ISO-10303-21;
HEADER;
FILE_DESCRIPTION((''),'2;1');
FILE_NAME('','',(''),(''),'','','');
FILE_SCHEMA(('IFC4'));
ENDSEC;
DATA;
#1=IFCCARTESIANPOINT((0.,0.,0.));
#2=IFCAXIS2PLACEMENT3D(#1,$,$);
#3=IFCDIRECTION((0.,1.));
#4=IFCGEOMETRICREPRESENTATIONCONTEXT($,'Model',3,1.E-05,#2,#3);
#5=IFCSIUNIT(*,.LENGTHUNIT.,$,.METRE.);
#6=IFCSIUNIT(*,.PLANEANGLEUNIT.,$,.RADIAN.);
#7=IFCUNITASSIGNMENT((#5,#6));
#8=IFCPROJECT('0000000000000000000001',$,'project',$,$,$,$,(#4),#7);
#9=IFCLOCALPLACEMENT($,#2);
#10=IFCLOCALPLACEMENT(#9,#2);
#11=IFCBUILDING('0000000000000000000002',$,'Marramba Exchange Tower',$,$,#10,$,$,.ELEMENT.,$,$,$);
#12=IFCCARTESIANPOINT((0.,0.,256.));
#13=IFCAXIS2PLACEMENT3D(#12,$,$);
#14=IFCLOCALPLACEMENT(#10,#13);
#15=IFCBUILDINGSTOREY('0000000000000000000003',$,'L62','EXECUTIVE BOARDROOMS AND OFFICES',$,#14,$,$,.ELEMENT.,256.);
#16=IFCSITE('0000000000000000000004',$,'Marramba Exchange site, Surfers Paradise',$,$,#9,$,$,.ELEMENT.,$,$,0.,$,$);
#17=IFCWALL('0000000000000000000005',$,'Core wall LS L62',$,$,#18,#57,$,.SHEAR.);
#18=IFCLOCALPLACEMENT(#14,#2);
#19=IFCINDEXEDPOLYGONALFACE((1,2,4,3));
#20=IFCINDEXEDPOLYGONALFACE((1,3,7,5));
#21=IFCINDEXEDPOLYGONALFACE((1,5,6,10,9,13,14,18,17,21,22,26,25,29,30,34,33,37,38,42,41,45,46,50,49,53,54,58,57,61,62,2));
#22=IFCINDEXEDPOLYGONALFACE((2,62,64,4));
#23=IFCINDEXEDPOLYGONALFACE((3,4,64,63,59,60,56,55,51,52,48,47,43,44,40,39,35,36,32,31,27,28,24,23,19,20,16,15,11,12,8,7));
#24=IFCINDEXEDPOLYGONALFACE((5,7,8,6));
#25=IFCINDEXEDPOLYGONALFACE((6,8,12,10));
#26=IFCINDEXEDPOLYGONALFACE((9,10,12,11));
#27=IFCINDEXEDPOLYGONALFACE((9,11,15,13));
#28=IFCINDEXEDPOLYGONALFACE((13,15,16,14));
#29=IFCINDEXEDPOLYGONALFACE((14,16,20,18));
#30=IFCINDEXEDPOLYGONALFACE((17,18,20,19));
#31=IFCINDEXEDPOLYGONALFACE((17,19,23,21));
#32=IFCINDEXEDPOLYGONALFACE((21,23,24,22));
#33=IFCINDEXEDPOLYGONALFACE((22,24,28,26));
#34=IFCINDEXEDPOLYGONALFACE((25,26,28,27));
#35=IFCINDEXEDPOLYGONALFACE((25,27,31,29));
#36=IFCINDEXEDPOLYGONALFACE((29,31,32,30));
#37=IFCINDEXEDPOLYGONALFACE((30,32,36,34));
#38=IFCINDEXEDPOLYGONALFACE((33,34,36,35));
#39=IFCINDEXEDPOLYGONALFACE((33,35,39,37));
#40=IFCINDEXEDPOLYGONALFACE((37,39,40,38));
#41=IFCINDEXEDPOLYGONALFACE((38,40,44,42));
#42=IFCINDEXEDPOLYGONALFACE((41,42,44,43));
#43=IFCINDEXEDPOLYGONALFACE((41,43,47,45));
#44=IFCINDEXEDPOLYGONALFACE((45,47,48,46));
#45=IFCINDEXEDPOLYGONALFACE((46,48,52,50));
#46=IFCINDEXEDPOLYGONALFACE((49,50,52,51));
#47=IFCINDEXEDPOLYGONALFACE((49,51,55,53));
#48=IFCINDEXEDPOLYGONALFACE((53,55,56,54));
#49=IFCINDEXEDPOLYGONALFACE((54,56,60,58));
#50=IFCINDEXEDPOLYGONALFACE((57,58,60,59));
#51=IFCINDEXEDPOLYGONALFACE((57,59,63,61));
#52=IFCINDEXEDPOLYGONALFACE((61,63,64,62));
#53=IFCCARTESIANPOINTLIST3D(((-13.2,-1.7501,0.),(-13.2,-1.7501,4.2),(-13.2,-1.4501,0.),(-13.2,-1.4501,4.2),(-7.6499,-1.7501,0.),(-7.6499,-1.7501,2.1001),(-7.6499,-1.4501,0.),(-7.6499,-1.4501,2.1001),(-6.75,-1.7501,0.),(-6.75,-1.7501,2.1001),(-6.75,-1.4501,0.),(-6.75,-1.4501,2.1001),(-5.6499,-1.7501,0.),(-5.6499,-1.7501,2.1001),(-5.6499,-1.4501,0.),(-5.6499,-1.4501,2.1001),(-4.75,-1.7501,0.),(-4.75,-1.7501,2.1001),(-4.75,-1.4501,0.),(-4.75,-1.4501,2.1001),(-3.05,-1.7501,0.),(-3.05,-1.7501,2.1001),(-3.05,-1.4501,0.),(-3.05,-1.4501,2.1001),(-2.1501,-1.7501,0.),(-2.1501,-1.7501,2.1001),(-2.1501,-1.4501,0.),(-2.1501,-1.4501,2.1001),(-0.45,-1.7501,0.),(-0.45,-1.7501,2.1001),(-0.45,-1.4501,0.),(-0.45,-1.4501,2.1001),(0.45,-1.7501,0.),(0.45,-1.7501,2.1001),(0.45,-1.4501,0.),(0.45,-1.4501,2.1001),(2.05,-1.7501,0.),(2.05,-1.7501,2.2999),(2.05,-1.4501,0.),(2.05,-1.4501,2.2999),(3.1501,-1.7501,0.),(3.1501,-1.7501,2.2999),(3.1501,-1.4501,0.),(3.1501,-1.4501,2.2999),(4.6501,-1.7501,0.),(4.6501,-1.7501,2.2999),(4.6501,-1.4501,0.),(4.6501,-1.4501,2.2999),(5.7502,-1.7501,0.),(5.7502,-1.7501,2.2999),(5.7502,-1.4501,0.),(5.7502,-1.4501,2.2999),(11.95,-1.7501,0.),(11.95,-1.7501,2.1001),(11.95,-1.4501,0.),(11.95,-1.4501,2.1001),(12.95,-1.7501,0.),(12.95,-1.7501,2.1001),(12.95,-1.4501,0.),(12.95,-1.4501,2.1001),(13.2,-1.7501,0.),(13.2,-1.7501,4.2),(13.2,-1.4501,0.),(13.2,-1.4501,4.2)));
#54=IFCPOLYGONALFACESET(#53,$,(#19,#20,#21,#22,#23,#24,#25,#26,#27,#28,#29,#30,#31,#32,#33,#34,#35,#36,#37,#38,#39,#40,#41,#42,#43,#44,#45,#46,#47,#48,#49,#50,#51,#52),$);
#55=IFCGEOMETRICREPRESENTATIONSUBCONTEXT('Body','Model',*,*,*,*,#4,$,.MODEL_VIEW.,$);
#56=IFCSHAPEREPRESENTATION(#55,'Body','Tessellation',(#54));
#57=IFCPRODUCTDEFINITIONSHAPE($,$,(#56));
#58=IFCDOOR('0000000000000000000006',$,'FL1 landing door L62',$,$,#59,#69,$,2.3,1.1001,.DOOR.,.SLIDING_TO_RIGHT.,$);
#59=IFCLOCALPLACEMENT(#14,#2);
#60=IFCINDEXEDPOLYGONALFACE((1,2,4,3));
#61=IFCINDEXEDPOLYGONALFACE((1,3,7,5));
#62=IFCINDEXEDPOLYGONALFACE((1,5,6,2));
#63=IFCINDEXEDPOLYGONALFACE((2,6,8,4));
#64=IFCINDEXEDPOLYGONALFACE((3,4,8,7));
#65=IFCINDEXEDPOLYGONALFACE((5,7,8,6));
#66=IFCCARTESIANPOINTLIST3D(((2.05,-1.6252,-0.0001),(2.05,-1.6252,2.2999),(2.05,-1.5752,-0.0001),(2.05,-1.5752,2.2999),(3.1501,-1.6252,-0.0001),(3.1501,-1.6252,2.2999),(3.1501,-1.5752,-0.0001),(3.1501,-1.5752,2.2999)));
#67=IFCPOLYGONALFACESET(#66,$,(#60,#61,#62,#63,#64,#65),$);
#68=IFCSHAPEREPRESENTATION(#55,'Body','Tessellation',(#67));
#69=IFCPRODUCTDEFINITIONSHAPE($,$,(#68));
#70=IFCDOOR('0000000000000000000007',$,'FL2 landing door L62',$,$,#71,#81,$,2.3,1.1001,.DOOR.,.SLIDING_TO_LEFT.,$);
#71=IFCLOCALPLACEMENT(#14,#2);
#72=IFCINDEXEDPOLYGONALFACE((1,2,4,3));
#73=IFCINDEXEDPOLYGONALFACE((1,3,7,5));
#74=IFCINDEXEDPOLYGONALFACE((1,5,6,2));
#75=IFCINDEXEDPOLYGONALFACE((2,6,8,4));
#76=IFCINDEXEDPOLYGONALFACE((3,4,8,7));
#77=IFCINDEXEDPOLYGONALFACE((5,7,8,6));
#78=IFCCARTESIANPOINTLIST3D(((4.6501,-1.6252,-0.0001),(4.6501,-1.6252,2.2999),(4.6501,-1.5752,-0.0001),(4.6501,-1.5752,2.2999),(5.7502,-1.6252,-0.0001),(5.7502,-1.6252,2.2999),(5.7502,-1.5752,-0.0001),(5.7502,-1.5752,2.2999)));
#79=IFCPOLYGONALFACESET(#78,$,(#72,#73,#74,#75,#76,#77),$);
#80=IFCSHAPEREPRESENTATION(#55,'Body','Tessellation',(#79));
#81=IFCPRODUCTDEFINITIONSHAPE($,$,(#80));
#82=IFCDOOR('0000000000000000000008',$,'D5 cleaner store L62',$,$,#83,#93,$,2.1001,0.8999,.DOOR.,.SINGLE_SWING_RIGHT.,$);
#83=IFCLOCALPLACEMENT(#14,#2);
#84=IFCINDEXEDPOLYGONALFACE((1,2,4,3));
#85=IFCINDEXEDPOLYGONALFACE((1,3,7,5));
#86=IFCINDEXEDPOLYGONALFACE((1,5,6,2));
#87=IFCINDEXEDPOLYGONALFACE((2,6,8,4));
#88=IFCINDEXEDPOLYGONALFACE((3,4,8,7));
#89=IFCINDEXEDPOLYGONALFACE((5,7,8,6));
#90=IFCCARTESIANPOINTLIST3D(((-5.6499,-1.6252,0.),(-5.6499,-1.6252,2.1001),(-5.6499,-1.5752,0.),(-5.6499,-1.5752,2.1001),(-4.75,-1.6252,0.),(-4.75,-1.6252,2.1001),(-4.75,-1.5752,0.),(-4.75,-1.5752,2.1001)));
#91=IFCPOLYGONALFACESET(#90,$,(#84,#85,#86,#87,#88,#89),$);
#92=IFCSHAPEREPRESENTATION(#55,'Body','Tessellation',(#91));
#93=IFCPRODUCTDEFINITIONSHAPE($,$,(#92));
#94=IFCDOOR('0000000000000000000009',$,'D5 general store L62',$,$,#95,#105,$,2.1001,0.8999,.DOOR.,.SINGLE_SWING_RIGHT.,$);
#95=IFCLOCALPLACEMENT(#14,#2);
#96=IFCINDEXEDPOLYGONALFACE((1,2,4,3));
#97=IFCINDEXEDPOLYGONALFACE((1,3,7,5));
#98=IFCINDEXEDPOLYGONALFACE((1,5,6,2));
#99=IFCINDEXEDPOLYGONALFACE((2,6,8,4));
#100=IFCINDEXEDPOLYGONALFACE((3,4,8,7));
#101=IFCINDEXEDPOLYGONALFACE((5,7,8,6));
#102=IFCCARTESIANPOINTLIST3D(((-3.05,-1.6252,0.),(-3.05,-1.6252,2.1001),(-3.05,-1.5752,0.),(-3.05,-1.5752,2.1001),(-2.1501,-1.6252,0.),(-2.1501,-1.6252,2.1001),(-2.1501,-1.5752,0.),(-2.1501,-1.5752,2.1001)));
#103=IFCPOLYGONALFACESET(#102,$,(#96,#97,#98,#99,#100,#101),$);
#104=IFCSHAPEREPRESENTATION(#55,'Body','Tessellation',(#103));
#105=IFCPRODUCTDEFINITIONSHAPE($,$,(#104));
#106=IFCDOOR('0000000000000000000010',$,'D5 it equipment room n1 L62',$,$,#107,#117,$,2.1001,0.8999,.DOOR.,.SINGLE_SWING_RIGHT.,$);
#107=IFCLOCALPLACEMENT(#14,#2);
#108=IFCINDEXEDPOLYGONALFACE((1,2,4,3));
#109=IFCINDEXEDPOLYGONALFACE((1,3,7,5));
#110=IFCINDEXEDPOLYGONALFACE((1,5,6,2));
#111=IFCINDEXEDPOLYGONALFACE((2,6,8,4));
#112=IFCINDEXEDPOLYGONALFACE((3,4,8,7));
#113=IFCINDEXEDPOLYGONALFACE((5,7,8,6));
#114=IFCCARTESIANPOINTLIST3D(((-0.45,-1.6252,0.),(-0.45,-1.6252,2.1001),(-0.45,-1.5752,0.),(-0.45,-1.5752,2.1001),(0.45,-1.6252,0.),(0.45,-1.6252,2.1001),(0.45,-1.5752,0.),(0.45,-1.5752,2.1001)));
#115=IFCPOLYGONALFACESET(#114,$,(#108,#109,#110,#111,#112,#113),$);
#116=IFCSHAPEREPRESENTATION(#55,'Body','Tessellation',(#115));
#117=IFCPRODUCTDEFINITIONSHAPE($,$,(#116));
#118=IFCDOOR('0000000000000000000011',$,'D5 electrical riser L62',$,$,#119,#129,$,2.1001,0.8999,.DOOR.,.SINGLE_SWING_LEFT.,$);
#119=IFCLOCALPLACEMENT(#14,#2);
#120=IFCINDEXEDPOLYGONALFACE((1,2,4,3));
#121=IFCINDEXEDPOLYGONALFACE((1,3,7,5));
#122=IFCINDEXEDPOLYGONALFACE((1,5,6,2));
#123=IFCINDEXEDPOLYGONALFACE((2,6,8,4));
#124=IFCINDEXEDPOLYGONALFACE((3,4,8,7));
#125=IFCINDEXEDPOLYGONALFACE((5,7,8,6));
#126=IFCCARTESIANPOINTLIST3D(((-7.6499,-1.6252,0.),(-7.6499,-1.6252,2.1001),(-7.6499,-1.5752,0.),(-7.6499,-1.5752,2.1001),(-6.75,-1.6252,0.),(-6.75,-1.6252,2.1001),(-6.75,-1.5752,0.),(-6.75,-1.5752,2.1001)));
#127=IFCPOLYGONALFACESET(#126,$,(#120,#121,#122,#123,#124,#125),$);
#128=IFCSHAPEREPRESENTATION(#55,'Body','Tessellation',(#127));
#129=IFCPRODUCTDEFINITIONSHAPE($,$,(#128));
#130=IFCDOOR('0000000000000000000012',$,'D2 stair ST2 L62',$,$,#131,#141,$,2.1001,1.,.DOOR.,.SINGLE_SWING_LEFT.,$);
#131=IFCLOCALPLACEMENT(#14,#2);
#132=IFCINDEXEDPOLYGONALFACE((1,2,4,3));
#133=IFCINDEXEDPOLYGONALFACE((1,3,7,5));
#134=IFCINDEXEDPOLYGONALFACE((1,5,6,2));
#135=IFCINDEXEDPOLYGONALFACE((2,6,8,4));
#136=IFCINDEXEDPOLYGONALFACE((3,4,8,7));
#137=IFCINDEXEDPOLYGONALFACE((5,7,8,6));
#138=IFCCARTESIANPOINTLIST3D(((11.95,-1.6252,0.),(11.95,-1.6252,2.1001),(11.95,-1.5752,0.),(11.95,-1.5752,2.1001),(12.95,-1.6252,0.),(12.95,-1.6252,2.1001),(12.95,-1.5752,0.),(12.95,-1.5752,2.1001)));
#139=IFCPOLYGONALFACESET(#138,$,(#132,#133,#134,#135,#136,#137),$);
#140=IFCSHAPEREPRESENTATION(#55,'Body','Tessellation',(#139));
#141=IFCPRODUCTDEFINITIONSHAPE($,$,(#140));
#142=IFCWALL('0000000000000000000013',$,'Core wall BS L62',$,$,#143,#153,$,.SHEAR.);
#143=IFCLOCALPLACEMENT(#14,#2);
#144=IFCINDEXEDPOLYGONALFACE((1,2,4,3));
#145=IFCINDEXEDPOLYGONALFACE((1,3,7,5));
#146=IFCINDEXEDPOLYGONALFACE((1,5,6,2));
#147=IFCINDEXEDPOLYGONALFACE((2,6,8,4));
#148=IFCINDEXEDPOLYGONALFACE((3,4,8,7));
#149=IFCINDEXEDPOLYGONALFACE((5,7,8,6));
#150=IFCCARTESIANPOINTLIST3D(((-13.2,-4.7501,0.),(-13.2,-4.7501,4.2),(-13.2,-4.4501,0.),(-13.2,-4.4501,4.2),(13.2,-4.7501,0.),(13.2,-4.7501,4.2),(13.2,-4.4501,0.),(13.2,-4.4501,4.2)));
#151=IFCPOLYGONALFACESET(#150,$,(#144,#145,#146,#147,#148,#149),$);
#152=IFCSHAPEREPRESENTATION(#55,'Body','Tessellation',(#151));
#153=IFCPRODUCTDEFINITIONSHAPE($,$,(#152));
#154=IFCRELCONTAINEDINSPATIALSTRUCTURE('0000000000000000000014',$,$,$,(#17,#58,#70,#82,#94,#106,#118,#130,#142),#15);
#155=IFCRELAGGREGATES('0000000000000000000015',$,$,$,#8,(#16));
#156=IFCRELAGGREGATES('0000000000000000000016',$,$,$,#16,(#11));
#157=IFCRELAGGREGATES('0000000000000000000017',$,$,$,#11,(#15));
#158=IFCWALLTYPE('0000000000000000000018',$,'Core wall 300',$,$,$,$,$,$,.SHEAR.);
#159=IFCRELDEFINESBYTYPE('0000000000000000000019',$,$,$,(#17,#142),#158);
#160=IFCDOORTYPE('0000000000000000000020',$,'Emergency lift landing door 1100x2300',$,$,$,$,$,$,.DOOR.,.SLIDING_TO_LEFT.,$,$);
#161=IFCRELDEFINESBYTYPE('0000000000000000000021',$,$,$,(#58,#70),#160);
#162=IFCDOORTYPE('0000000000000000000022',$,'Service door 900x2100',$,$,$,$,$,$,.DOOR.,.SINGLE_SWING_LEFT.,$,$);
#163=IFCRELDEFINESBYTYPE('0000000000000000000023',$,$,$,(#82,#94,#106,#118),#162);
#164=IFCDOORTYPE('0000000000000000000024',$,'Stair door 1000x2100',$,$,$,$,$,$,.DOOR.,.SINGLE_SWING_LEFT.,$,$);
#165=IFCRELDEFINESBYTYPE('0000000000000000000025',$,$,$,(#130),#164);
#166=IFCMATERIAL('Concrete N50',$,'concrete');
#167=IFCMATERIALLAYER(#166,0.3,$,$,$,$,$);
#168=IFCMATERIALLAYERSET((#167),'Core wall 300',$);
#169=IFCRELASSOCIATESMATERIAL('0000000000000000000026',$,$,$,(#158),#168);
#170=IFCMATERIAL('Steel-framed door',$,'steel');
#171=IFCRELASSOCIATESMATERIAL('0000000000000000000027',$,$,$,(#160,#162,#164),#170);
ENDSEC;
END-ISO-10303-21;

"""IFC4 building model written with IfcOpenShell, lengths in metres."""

from ifc_helpers import new_model, si_unit, direction, frame, frame_2d, origin, place, context, subcontext, project, spatial, rectangle, extrude, material, layer, layer_set, type_object, element, fill, save


model = new_model("IFC4")

# Units and contexts
model_context = context("Model", 3, precision=1e-05, world=origin(), true_north=direction((0.0, 1.0)))
body_context = subcontext(model_context, "Body", "Model", "MODEL_VIEW")
ifc_project = project(units=[si_unit("LENGTHUNIT", "METRE"), si_unit("PLANEANGLEUNIT", "RADIAN")], contexts=[model_context])

# Site, building, storey
site_placement = place(None, origin())
site = spatial("IfcSite", under=ifc_project, at=site_placement, Name="Marramba Exchange site, Surfers Paradise", CompositionType="ELEMENT", RefElevation=0.0)
building_placement = place(site_placement, origin())
building = spatial("IfcBuilding", under=site, at=building_placement, Name="Marramba Exchange Tower", CompositionType="ELEMENT")
storey_placement = place(building_placement, frame((0.0, 0.0, 256.0)))
storey = spatial("IfcBuildingStorey", under=building, at=storey_placement, Name="L62", Description="EXECUTIVE BOARDROOMS AND OFFICES", CompositionType="ELEMENT", Elevation=256.0)

# Shared definitions
ifc_material_1 = material(Name="Concrete N50", Category="concrete")

# Wall, openings, doors
ifc_layer_1 = layer(ifc_material_1, 0.3)
ifc_layer_set_1 = layer_set([ifc_layer_1], Name="Core wall 300")
wall_type_1 = type_object("IfcWallType", Name="Core wall 300", PredefinedType="SHEAR", material=ifc_layer_set_1)
wall_1_placement = place(storey_placement, frame((-13.2, -1.6001, 0.0), z_axis=(0.0, 0.0, 1.0), x_axis=(1.0, 0.0, 0.0)))
wall_1 = element("IfcWall", 1, at=wall_1_placement, inside=storey, type_object=wall_type_1, Name="Core wall LS L62", PredefinedType="SHEAR", context=body_context, shape_type="SweptSolid", body=[
    extrude(rectangle(XDim=26.3999, YDim=0.3, at=frame_2d((13.2, 0.0))), origin(), (0.0, 0.0, 1.0), 4.2),
])
opening_1_placement = place(wall_1_placement, frame((25.1499, 0.0, 0.0)))
opening_1 = element("IfcOpeningElement", 2, at=opening_1_placement, cuts=wall_1, PredefinedType="OPENING", context=body_context, shape_type="SweptSolid", body=[
    extrude(rectangle(XDim=1.0, YDim=2.1001, at=frame_2d((0.5, 1.05))), frame((0.0, 0.1599, 0.0), z_axis=(0.0, -1.0, 0.0), x_axis=(1.0, 0.0, 0.0)), (0.0, 0.0, 1.0), 0.3201),
])
opening_2_placement = place(wall_1_placement, frame((7.55, 0.0, 0.0)))
opening_2 = element("IfcOpeningElement", 3, at=opening_2_placement, cuts=wall_1, PredefinedType="OPENING", context=body_context, shape_type="SweptSolid", body=[
    extrude(rectangle(XDim=0.8999, YDim=2.1001, at=frame_2d((0.45, 1.05))), frame((0.0, 0.1599, 0.0), z_axis=(0.0, -1.0, 0.0), x_axis=(1.0, 0.0, 0.0)), (0.0, 0.0, 1.0), 0.3201),
])
opening_3_placement = place(wall_1_placement, frame((10.1499, 0.0, 0.0)))
opening_3 = element("IfcOpeningElement", 4, at=opening_3_placement, cuts=wall_1, PredefinedType="OPENING", context=body_context, shape_type="SweptSolid", body=[
    extrude(rectangle(XDim=0.8999, YDim=2.1001, at=frame_2d((0.45, 1.05))), frame((0.0, 0.1599, 0.0), z_axis=(0.0, -1.0, 0.0), x_axis=(1.0, 0.0, 0.0)), (0.0, 0.0, 1.0), 0.3201),
])
opening_4_placement = place(wall_1_placement, frame((12.75, 0.0, 0.0)))
opening_4 = element("IfcOpeningElement", 5, at=opening_4_placement, cuts=wall_1, PredefinedType="OPENING", context=body_context, shape_type="SweptSolid", body=[
    extrude(rectangle(XDim=0.8999, YDim=2.1001, at=frame_2d((0.45, 1.05))), frame((0.0, 0.1599, 0.0), z_axis=(0.0, -1.0, 0.0), x_axis=(1.0, 0.0, 0.0)), (0.0, 0.0, 1.0), 0.3201),
])
opening_5_placement = place(wall_1_placement, frame((15.25, 0.0, 0.0)))
opening_5 = element("IfcOpeningElement", 6, at=opening_5_placement, cuts=wall_1, PredefinedType="OPENING", context=body_context, shape_type="SweptSolid", body=[
    extrude(rectangle(XDim=1.1001, YDim=2.3, at=frame_2d((0.55, 1.1499))), frame((0.0, 0.1599, 0.0), z_axis=(0.0, -1.0, 0.0), x_axis=(1.0, 0.0, 0.0)), (0.0, 0.0, 1.0), 0.3201),
])
opening_6_placement = place(wall_1_placement, frame((17.8501, 0.0, 0.0)))
opening_6 = element("IfcOpeningElement", 7, at=opening_6_placement, cuts=wall_1, PredefinedType="OPENING", context=body_context, shape_type="SweptSolid", body=[
    extrude(rectangle(XDim=1.1001, YDim=2.3, at=frame_2d((0.55, 1.1499))), frame((0.0, 0.1599, 0.0), z_axis=(0.0, -1.0, 0.0), x_axis=(1.0, 0.0, 0.0)), (0.0, 0.0, 1.0), 0.3201),
])
opening_7_placement = place(wall_1_placement, frame((5.55, 0.0, 0.0)))
opening_7 = element("IfcOpeningElement", 8, at=opening_7_placement, cuts=wall_1, PredefinedType="OPENING", context=body_context, shape_type="SweptSolid", body=[
    extrude(rectangle(XDim=0.8999, YDim=2.1001, at=frame_2d((0.45, 1.05))), frame((0.0, 0.1599, 0.0), z_axis=(0.0, -1.0, 0.0), x_axis=(1.0, 0.0, 0.0)), (0.0, 0.0, 1.0), 0.3201),
])
ifc_material_2 = material(Name="Steel-framed door", Category="steel")
door_type_1 = type_object("IfcDoorType", Name="Emergency lift landing door 1100x2300", OperationType="SLIDING_TO_LEFT", PredefinedType="DOOR", material=ifc_material_2)
door_1_placement = place(opening_5_placement, frame((1.1001, 0.0, 0.0), z_axis=(0.0, 0.0, 1.0), x_axis=(-1.0, 0.0, 0.0)))
door_1 = element("IfcDoor", 9, at=door_1_placement, inside=storey, type_object=door_type_1, Name="FL1 landing door L62", OperationType="SLIDING_TO_RIGHT", OverallHeight=2.3, OverallWidth=1.1001, PredefinedType="DOOR", context=body_context, shape_type="SweptSolid", body=[
    extrude(rectangle(XDim=1.1001, YDim=2.3, at=frame_2d((0.55, 1.1499))), frame((0.0, 0.0251, 0.0), z_axis=(0.0, -1.0, 0.0), x_axis=(1.0, 0.0, 0.0)), (0.0, 0.0, 1.0), 0.05),
])
fill(opening_5, door_1)
door_2_placement = place(opening_6_placement, frame((1.1001, 0.0, 0.0), z_axis=(0.0, 0.0, 1.0), x_axis=(-1.0, 0.0, 0.0)))
door_2 = element("IfcDoor", 10, at=door_2_placement, inside=storey, type_object=door_type_1, Name="FL2 landing door L62", OperationType="SLIDING_TO_LEFT", OverallHeight=2.3, OverallWidth=1.1001, PredefinedType="DOOR", context=body_context, shape_type="SweptSolid", body=[
    extrude(rectangle(XDim=1.1001, YDim=2.3, at=frame_2d((0.55, 1.1499))), frame((0.0, 0.0251, 0.0), z_axis=(0.0, -1.0, 0.0), x_axis=(1.0, 0.0, 0.0)), (0.0, 0.0, 1.0), 0.05),
])
fill(opening_6, door_2)
door_type_2 = type_object("IfcDoorType", Name="Service door 900x2100", OperationType="SINGLE_SWING_LEFT", PredefinedType="DOOR", material=ifc_material_2)
door_3_placement = place(opening_2_placement, frame((0.8999, 0.0, 0.0), z_axis=(0.0, 0.0, 1.0), x_axis=(-1.0, 0.0, 0.0)))
door_3 = element("IfcDoor", 11, at=door_3_placement, inside=storey, type_object=door_type_2, Name="D5 cleaner store L62", OperationType="SINGLE_SWING_RIGHT", OverallHeight=2.1001, OverallWidth=0.8999, PredefinedType="DOOR", context=body_context, shape_type="SweptSolid", body=[
    extrude(rectangle(XDim=0.8999, YDim=2.1001, at=frame_2d((0.45, 1.05))), frame((0.0, 0.0251, 0.0), z_axis=(0.0, -1.0, 0.0), x_axis=(1.0, 0.0, 0.0)), (0.0, 0.0, 1.0), 0.05),
])
fill(opening_2, door_3)
door_4_placement = place(opening_3_placement, frame((0.8999, 0.0, 0.0), z_axis=(0.0, 0.0, 1.0), x_axis=(-1.0, 0.0, 0.0)))
door_4 = element("IfcDoor", 12, at=door_4_placement, inside=storey, type_object=door_type_2, Name="D5 general store L62", OperationType="SINGLE_SWING_RIGHT", OverallHeight=2.1001, OverallWidth=0.8999, PredefinedType="DOOR", context=body_context, shape_type="SweptSolid", body=[
    extrude(rectangle(XDim=0.8999, YDim=2.1001, at=frame_2d((0.45, 1.05))), frame((0.0, 0.0251, 0.0), z_axis=(0.0, -1.0, 0.0), x_axis=(1.0, 0.0, 0.0)), (0.0, 0.0, 1.0), 0.05),
])
fill(opening_3, door_4)
door_5_placement = place(opening_4_placement, frame((0.8999, 0.0, 0.0), z_axis=(0.0, 0.0, 1.0), x_axis=(-1.0, 0.0, 0.0)))
door_5 = element("IfcDoor", 13, at=door_5_placement, inside=storey, type_object=door_type_2, Name="D5 it equipment room n1 L62", OperationType="SINGLE_SWING_RIGHT", OverallHeight=2.1001, OverallWidth=0.8999, PredefinedType="DOOR", context=body_context, shape_type="SweptSolid", body=[
    extrude(rectangle(XDim=0.8999, YDim=2.1001, at=frame_2d((0.45, 1.05))), frame((0.0, 0.0251, 0.0), z_axis=(0.0, -1.0, 0.0), x_axis=(1.0, 0.0, 0.0)), (0.0, 0.0, 1.0), 0.05),
])
fill(opening_4, door_5)
door_6_placement = place(opening_7_placement, frame((0.8999, 0.0, 0.0), z_axis=(0.0, 0.0, 1.0), x_axis=(-1.0, 0.0, 0.0)))
door_6 = element("IfcDoor", 14, at=door_6_placement, inside=storey, type_object=door_type_2, Name="D5 electrical riser L62", OperationType="SINGLE_SWING_LEFT", OverallHeight=2.1001, OverallWidth=0.8999, PredefinedType="DOOR", context=body_context, shape_type="SweptSolid", body=[
    extrude(rectangle(XDim=0.8999, YDim=2.1001, at=frame_2d((0.45, 1.05))), frame((0.0, 0.0251, 0.0), z_axis=(0.0, -1.0, 0.0), x_axis=(1.0, 0.0, 0.0)), (0.0, 0.0, 1.0), 0.05),
])
fill(opening_7, door_6)
door_type_3 = type_object("IfcDoorType", Name="Stair door 1000x2100", OperationType="SINGLE_SWING_LEFT", PredefinedType="DOOR", material=ifc_material_2)
door_7_placement = place(opening_1_placement, frame((1.0, 0.0, 0.0), z_axis=(0.0, 0.0, 1.0), x_axis=(-1.0, 0.0, 0.0)))
door_7 = element("IfcDoor", 15, at=door_7_placement, inside=storey, type_object=door_type_3, Name="D2 stair ST2 L62", OperationType="SINGLE_SWING_LEFT", OverallHeight=2.1001, OverallWidth=1.0, PredefinedType="DOOR", context=body_context, shape_type="SweptSolid", body=[
    extrude(rectangle(XDim=1.0, YDim=2.1001, at=frame_2d((0.5, 1.05))), frame((0.0, 0.0251, 0.0), z_axis=(0.0, -1.0, 0.0), x_axis=(1.0, 0.0, 0.0)), (0.0, 0.0, 1.0), 0.05),
])
fill(opening_1, door_7)

# Wall
wall_2_placement = place(storey_placement, frame((-13.2, -4.6001, 0.0), z_axis=(0.0, 0.0, 1.0), x_axis=(1.0, 0.0, 0.0)))
element("IfcWall", 16, at=wall_2_placement, inside=storey, type_object=wall_type_1, Name="Core wall BS L62", PredefinedType="SHEAR", context=body_context, shape_type="SweptSolid", body=[
    extrude(rectangle(XDim=26.3999, YDim=0.3, at=frame_2d((13.2, 0.0))), origin(), (0.0, 0.0, 1.0), 4.2),
])

save(model, "model.ifc")
